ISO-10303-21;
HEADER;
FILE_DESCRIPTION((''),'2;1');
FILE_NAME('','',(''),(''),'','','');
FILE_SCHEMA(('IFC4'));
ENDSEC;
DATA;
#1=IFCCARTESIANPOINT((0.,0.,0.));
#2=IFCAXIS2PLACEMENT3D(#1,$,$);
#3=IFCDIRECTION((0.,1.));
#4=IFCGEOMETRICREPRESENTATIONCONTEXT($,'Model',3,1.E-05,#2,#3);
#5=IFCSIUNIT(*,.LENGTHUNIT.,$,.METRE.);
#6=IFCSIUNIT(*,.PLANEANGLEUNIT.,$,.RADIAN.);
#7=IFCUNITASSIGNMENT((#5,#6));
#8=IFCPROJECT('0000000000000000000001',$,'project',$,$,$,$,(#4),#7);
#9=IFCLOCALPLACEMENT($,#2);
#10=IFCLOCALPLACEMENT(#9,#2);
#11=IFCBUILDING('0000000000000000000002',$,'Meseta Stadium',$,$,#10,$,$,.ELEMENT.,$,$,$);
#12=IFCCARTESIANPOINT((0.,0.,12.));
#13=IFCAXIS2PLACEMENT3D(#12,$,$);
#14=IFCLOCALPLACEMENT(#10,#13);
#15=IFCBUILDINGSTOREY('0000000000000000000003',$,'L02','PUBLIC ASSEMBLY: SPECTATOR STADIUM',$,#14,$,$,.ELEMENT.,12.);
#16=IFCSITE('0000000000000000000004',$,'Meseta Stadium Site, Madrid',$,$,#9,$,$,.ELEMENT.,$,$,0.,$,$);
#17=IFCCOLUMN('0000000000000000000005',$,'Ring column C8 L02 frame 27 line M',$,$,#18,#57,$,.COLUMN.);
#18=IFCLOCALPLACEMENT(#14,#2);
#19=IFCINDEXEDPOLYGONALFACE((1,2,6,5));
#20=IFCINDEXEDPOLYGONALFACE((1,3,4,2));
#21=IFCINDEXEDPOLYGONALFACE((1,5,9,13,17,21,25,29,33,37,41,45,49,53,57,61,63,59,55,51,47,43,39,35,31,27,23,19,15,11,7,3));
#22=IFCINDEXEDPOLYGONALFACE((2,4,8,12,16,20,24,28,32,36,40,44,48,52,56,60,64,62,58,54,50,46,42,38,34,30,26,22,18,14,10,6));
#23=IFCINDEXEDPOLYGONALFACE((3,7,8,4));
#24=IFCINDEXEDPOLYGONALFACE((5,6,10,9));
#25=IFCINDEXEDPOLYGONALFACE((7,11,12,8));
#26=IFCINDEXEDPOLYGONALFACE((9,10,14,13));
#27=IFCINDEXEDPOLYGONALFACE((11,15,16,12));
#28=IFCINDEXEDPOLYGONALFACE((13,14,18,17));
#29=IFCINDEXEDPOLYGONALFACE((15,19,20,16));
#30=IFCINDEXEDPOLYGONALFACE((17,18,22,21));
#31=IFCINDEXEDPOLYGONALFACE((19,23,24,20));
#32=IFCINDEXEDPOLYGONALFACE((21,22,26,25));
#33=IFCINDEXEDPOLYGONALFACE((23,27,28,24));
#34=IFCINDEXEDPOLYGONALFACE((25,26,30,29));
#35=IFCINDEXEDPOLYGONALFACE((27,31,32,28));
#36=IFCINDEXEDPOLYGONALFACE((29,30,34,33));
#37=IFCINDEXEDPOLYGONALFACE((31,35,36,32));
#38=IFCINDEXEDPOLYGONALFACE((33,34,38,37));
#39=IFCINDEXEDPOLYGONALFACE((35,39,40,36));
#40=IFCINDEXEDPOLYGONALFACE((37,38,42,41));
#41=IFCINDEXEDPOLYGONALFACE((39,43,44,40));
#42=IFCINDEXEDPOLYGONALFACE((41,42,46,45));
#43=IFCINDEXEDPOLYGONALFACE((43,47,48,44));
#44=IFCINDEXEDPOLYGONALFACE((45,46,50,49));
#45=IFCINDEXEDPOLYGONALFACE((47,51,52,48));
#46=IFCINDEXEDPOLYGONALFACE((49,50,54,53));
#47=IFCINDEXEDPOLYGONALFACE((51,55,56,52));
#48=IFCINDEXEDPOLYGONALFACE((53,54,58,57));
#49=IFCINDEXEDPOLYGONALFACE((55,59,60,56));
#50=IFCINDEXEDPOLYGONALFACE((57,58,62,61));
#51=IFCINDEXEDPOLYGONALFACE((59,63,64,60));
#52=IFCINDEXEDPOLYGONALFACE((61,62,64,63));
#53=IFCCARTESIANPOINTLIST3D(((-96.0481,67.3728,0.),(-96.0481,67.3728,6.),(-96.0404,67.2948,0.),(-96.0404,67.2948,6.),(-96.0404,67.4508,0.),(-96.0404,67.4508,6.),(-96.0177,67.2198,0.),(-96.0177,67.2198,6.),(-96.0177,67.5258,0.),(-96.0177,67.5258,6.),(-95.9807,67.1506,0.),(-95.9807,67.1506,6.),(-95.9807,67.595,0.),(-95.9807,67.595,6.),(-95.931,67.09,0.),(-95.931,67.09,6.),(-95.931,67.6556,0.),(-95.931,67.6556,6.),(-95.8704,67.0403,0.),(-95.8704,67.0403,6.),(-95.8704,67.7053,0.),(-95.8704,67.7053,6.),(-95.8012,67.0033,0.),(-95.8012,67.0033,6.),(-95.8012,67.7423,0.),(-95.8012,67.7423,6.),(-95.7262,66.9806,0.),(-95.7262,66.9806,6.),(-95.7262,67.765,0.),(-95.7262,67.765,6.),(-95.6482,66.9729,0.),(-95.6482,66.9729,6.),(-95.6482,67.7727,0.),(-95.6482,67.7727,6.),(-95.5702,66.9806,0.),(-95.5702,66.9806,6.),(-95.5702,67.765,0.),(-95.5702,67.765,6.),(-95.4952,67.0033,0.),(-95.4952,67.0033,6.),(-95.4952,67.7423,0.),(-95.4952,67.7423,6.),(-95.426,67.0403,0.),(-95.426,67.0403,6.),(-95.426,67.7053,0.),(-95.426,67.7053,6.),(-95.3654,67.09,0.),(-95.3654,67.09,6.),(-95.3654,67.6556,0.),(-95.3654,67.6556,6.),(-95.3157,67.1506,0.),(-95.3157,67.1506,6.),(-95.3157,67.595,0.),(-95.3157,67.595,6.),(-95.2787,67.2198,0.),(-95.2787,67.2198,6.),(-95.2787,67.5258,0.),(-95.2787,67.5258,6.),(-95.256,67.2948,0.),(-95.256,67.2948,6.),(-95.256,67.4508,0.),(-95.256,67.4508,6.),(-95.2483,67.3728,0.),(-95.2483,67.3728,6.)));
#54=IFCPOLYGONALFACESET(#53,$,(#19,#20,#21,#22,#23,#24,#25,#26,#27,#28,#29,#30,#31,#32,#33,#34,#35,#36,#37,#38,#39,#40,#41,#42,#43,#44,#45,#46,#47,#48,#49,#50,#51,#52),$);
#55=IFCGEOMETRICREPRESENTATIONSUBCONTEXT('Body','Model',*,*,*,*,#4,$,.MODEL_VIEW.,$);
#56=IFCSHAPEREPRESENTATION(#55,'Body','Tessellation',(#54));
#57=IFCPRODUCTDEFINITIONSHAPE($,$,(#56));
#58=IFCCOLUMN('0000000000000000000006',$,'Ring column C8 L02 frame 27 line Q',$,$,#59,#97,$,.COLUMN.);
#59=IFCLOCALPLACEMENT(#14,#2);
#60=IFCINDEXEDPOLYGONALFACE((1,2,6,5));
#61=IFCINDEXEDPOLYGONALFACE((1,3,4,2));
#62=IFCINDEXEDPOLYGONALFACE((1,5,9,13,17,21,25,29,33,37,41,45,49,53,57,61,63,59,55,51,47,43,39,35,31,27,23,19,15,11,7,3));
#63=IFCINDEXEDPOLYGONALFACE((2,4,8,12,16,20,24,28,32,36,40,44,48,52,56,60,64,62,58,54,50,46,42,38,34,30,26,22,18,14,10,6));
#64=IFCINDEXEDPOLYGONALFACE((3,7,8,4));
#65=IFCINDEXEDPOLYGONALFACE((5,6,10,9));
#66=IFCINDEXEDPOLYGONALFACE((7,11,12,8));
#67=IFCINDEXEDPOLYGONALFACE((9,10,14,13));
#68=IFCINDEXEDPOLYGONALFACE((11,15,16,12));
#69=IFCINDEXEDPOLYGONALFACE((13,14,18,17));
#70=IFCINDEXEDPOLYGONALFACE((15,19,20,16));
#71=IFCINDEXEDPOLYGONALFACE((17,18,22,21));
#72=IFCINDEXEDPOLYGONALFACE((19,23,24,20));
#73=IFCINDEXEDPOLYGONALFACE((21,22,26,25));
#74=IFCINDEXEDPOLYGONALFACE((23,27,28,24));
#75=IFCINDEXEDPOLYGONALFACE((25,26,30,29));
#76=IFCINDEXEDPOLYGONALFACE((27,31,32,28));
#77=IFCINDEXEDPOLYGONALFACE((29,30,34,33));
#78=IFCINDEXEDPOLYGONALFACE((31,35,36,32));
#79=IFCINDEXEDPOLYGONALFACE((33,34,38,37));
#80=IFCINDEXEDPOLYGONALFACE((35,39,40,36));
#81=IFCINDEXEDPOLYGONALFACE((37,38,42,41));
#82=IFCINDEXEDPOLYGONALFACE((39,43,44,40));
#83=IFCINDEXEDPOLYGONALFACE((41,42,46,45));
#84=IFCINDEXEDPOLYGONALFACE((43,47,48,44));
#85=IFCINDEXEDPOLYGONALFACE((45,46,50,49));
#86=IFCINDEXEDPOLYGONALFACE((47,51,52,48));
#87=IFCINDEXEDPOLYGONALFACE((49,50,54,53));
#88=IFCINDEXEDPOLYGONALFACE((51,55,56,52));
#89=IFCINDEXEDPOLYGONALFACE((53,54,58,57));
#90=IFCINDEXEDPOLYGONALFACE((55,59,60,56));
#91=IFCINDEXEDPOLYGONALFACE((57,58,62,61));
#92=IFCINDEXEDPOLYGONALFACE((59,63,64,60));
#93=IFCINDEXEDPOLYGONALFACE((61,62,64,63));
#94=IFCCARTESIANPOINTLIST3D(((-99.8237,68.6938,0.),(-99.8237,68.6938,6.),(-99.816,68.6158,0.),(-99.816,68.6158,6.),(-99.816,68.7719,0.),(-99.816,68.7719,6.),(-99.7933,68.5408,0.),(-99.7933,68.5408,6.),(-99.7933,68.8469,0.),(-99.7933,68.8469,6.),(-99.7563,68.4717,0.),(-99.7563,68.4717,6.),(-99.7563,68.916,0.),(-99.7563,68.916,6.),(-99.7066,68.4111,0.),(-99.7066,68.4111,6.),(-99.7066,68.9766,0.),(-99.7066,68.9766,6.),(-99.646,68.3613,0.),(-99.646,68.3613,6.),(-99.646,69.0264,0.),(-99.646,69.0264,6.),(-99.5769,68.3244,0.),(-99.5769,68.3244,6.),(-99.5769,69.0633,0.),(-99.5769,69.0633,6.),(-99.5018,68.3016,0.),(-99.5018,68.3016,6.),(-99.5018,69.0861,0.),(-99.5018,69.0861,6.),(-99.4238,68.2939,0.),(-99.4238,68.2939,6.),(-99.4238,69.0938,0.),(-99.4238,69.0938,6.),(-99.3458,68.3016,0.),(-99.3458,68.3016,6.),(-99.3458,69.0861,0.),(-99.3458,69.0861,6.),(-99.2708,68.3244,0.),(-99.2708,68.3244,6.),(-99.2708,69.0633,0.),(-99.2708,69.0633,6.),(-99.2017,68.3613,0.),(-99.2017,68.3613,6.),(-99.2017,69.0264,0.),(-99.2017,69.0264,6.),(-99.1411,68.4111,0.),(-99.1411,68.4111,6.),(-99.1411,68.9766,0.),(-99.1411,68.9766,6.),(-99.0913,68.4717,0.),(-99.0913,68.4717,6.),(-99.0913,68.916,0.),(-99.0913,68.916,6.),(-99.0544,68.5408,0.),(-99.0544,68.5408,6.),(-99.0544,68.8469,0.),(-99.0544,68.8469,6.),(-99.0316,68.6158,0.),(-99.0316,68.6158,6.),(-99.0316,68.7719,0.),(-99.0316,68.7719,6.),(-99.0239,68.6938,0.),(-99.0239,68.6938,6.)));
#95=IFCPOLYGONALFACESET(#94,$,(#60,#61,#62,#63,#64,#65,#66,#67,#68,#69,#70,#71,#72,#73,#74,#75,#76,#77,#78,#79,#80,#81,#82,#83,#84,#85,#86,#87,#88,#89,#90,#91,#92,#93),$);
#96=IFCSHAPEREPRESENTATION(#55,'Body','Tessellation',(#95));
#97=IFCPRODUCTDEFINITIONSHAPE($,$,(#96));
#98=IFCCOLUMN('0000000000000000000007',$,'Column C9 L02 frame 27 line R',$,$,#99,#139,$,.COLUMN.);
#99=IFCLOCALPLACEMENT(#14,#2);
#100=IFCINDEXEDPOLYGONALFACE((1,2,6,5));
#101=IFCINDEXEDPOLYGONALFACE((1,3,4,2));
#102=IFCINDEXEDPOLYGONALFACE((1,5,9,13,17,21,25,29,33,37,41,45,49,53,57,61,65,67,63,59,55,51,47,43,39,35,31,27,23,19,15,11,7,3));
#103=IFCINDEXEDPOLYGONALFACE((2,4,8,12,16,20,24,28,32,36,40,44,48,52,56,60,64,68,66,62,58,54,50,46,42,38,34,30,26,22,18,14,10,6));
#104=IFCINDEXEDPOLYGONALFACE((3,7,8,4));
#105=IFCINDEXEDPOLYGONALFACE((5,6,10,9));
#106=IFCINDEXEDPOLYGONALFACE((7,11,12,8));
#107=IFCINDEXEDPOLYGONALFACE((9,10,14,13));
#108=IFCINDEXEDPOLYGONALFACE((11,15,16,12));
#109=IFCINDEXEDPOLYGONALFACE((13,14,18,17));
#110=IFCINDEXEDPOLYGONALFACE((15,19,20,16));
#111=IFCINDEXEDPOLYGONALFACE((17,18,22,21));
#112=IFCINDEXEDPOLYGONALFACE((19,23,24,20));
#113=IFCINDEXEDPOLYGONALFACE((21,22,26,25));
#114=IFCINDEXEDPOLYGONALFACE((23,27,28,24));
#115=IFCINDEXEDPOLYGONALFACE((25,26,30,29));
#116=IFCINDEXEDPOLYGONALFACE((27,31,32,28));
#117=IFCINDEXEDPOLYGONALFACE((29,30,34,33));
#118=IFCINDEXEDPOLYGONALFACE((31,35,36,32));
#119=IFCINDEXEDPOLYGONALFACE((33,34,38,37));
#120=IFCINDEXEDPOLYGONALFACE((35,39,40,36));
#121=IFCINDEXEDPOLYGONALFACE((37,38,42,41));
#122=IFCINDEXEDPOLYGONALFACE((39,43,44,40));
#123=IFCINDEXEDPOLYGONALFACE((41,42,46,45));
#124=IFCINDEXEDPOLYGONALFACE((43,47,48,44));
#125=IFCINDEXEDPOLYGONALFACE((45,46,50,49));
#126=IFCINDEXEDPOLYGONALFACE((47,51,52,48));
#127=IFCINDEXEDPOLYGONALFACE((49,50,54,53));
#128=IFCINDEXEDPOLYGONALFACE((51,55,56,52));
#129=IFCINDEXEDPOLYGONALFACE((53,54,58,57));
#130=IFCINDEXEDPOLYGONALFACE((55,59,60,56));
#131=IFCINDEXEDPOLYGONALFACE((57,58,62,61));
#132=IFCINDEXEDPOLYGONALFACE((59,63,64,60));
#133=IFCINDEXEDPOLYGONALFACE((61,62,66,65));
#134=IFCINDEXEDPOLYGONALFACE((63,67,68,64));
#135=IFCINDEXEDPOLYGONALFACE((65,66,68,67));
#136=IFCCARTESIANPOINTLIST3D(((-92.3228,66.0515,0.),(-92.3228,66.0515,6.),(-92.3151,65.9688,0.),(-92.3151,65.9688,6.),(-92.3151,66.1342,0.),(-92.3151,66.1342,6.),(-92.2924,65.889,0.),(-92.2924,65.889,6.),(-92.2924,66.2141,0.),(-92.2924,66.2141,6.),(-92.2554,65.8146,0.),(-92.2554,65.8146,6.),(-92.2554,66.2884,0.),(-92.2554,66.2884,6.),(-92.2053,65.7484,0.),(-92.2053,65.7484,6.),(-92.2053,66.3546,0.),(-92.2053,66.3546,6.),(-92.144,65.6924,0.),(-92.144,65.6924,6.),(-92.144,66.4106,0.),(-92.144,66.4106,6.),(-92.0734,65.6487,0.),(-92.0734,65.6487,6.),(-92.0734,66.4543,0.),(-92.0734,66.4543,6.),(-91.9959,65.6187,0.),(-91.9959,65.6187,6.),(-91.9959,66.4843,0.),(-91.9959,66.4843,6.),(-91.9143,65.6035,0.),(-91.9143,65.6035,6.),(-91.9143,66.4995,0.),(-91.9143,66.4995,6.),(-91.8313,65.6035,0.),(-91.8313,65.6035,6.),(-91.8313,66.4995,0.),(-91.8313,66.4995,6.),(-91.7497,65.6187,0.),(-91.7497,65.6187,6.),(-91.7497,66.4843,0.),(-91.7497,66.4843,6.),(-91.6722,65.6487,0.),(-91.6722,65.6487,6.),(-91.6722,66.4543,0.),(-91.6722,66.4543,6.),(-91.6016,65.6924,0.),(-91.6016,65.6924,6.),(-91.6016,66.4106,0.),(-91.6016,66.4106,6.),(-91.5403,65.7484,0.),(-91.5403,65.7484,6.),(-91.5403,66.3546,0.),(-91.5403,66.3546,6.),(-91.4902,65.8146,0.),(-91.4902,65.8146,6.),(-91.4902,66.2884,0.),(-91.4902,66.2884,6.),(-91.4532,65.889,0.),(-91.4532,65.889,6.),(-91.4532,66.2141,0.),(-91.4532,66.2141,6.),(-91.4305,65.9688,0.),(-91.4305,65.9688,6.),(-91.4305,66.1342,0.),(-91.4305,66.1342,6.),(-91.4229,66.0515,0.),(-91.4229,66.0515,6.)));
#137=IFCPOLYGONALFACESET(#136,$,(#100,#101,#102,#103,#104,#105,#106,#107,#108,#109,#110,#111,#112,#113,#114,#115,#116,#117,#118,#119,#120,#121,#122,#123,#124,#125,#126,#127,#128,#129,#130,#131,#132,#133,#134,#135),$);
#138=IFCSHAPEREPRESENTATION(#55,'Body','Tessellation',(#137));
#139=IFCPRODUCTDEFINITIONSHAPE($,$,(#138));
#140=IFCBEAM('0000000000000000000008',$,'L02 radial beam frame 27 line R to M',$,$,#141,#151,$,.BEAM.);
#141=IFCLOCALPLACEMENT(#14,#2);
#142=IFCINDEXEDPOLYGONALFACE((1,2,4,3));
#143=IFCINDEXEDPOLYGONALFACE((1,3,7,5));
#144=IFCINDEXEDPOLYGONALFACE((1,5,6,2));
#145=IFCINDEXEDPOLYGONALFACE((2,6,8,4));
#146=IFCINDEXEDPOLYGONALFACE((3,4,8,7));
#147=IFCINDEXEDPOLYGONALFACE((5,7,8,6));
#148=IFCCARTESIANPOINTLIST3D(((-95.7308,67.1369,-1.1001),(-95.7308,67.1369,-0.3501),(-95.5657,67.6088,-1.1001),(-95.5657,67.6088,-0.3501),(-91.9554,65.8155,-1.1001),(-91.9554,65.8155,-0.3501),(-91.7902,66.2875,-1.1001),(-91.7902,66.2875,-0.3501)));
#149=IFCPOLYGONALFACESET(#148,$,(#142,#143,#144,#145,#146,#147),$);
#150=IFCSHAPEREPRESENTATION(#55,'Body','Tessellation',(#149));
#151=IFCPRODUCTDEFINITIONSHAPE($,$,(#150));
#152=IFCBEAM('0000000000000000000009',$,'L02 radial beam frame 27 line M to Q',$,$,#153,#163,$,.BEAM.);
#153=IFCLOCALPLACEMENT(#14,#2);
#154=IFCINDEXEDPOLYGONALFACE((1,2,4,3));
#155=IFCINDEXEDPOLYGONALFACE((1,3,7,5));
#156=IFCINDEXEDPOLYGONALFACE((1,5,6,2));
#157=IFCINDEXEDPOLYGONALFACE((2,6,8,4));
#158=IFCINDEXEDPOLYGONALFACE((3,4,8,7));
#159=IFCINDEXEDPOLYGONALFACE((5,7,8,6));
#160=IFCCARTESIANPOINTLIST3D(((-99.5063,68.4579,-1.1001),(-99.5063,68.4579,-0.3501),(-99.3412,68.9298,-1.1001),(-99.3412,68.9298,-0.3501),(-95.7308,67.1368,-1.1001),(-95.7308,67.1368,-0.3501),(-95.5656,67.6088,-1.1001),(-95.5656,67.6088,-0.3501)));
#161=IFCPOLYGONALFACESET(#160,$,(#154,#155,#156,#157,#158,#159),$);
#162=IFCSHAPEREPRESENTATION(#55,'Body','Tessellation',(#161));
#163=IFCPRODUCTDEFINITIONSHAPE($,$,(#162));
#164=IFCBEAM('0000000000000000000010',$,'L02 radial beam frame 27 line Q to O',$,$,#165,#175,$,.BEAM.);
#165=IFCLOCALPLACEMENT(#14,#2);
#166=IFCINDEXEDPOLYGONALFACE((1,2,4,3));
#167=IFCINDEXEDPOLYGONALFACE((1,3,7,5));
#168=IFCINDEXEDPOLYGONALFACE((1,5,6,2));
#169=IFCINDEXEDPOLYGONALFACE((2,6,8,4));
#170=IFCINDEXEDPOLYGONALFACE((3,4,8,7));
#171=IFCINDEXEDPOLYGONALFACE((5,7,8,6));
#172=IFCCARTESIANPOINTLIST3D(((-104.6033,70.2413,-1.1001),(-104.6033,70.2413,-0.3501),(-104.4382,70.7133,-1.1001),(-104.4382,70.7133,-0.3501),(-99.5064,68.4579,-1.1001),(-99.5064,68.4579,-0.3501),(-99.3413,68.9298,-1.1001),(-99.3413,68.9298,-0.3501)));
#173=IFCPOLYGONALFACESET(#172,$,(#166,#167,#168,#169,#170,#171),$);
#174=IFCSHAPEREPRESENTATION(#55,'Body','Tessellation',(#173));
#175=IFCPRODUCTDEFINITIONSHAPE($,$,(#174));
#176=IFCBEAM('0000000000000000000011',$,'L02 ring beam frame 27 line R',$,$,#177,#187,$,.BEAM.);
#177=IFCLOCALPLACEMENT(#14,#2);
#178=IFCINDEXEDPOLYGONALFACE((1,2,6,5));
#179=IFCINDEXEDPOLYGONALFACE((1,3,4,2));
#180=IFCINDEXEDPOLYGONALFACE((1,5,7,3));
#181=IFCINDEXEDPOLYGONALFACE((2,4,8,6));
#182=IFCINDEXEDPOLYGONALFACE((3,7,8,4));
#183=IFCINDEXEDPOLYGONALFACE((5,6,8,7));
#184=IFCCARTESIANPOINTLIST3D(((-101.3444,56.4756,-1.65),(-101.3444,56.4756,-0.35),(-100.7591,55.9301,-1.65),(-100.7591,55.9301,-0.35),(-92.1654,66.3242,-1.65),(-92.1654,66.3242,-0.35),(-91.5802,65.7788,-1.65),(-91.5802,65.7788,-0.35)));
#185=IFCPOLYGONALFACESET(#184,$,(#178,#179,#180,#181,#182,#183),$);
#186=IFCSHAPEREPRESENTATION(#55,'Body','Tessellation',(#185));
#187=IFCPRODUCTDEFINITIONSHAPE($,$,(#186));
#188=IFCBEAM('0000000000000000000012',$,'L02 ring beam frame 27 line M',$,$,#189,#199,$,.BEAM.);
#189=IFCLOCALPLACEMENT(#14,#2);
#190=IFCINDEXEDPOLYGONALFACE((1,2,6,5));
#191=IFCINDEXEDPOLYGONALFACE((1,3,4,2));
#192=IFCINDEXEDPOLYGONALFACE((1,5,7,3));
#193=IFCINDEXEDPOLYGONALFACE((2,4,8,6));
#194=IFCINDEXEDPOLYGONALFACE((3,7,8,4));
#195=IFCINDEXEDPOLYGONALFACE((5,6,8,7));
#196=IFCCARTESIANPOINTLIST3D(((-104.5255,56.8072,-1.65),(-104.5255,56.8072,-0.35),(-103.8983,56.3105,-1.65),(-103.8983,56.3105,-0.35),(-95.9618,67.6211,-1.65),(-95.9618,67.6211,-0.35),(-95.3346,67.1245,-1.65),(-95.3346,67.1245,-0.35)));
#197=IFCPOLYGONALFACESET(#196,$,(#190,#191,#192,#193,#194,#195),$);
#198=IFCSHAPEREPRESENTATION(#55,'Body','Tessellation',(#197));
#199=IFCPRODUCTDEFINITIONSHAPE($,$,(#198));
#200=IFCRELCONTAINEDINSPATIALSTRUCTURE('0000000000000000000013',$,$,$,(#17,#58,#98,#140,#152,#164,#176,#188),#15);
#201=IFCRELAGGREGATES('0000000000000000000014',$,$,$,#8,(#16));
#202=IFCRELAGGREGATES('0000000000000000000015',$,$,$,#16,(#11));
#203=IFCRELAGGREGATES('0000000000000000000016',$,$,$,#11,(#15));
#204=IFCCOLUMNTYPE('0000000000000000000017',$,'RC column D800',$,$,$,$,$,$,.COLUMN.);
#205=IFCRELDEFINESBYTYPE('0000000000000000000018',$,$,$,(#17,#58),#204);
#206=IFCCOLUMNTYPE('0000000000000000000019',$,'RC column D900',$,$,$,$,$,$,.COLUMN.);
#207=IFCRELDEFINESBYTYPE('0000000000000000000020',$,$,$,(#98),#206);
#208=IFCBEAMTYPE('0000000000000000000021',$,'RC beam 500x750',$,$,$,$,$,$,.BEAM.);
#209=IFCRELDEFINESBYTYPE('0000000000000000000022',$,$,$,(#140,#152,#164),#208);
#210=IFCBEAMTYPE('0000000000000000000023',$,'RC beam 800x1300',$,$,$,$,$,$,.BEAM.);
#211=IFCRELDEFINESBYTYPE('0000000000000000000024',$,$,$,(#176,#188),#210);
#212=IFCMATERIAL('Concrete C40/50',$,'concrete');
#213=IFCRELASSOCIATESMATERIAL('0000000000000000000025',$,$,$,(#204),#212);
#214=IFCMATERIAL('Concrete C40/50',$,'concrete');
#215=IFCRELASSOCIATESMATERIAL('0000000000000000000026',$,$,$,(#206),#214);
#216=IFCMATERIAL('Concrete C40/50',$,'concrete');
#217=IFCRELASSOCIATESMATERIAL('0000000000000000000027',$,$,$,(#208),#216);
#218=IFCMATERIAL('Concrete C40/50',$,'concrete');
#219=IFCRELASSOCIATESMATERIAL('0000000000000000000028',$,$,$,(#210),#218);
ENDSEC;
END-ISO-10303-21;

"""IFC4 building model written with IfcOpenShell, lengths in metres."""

from ifc_helpers import new_model, si_unit, direction, frame, origin, origin_2d, place, context, subcontext, project, spatial, rectangle, circle, extrude, material, material_profile, profile_set, type_object, element, save


model = new_model("IFC4")

# Units and contexts
model_context = context("Model", 3, precision=1e-05, world=origin(), true_north=direction((0.0, 1.0)))
body_context = subcontext(model_context, "Body", "Model", "MODEL_VIEW")
ifc_project = project(units=[si_unit("LENGTHUNIT", "METRE"), si_unit("PLANEANGLEUNIT", "RADIAN")], contexts=[model_context])

# Site, building, storey
site_placement = place(None, origin())
site = spatial("IfcSite", under=ifc_project, at=site_placement, Name="Meseta Stadium Site, Madrid", CompositionType="ELEMENT", RefElevation=0.0)
building_placement = place(site_placement, origin())
building = spatial("IfcBuilding", under=site, at=building_placement, Name="Meseta Stadium", CompositionType="ELEMENT")
storey_placement = place(building_placement, frame((0.0, 0.0, 12.0)))
storey = spatial("IfcBuildingStorey", under=building, at=storey_placement, Name="L02", Description="PUBLIC ASSEMBLY: SPECTATOR STADIUM", CompositionType="ELEMENT", Elevation=12.0)

# Columns
ifc_material_1 = material(Name="Concrete C40/50", Category="concrete")
ifc_material_profile_1 = material_profile(ifc_material_1, circle(Radius=0.3999, at=origin_2d()), Name="RC D800")
ifc_profile_set_1 = profile_set([ifc_material_profile_1], Name="Concrete C40/50")
column_type_1 = type_object("IfcColumnType", Name="RC column D800", PredefinedType="COLUMN", material=ifc_profile_set_1)
for number, where, z_axis, x_axis, name in (
    (1, (-95.6482, 67.3728, 0.0), (0.0, 0.0, 1.0), (1.0, 0.0, 0.0), "Ring column C8 L02 frame 27 line M"),
    (2, (-99.4238, 68.6938, 0.0), (0.0, 0.0, 1.0), (1.0, 0.0, 0.0), "Ring column C8 L02 frame 27 line Q"),
):
    element("IfcColumn", number, at=place(storey_placement, frame(where, z_axis=z_axis, x_axis=x_axis)), inside=storey, type_object=column_type_1, Name=name, PredefinedType="COLUMN", context=body_context, shape_type="SweptSolid", body=[
        extrude(circle(Radius=0.3999, at=origin_2d()), origin(), (0.0, 0.0, 1.0), 6.0),
    ])
ifc_material_2 = material(Name="Concrete C40/50", Category="concrete")
ifc_material_profile_2 = material_profile(ifc_material_2, circle(Radius=0.45, at=origin_2d()), Name="RC D900")
ifc_profile_set_2 = profile_set([ifc_material_profile_2], Name="Concrete C40/50")
column_type_2 = type_object("IfcColumnType", Name="RC column D900", PredefinedType="COLUMN", material=ifc_profile_set_2)
column_placement = place(storey_placement, frame((-91.8728, 66.0515, 0.0), z_axis=(0.0, 0.0, 1.0), x_axis=(1.0, 0.0, 0.0)))
element("IfcColumn", 3, at=column_placement, inside=storey, type_object=column_type_2, Name="Column C9 L02 frame 27 line R", PredefinedType="COLUMN", context=body_context, shape_type="SweptSolid", body=[
    extrude(circle(Radius=0.45, at=origin_2d()), origin(), (0.0, 0.0, 1.0), 6.0),
])

# Beams
ifc_material_3 = material(Name="Concrete C40/50", Category="concrete")
ifc_material_profile_3 = material_profile(ifc_material_3, rectangle(XDim=0.5, YDim=0.75, at=origin_2d()), Name="RC 500x750")
ifc_profile_set_3 = profile_set([ifc_material_profile_3], Name="Concrete C40/50")
beam_type_1 = type_object("IfcBeamType", Name="RC beam 500x750", PredefinedType="BEAM", material=ifc_profile_set_3)
for number, where, z_axis, x_axis, name in (
    (4, (-91.8728, 66.0515, -0.7251), (-0.943866, 0.330329, 0.0), (-0.330329, -0.943866, 0.0), "L02 radial beam frame 27 line R to M"),
    (5, (-95.6482, 67.3728, -0.7251), (-0.943892, 0.330255, 0.0), (-0.330255, -0.943892, 0.0), "L02 radial beam frame 27 line M to Q"),
):
    element("IfcBeam", number, at=place(storey_placement, frame(where, z_axis=z_axis, x_axis=x_axis)), inside=storey, type_object=beam_type_1, Name=name, PredefinedType="BEAM", context=body_context, shape_type="SweptSolid", body=[
        extrude(rectangle(XDim=0.5, YDim=0.75, at=origin_2d()), origin(), (0.0, 0.0, 1.0), 4.0),
    ])
beam_1_placement = place(storey_placement, frame((-99.4238, 68.6938, -0.7251), z_axis=(-0.943886, 0.330272, 0.0), x_axis=(-0.330272, -0.943886, 0.0)))
element("IfcBeam", 6, at=beam_1_placement, inside=storey, type_object=beam_type_1, Name="L02 radial beam frame 27 line Q to O", PredefinedType="BEAM", context=body_context, shape_type="SweptSolid", body=[
    extrude(rectangle(XDim=0.5, YDim=0.75, at=origin_2d()), origin(), (0.0, 0.0, 1.0), 5.3999),
])
ifc_material_4 = material(Name="Concrete C40/50", Category="concrete")
ifc_material_profile_4 = material_profile(ifc_material_4, rectangle(XDim=0.8, YDim=1.3, at=origin_2d()), Name="RC 800x1300")
ifc_profile_set_4 = profile_set([ifc_material_profile_4], Name="Concrete C40/50")
beam_type_2 = type_object("IfcBeamType", Name="RC beam 800x1300", PredefinedType="BEAM", material=ifc_profile_set_4)
beam_2_placement = place(storey_placement, frame((-91.8728, 66.0515, -1.0), z_axis=(-0.681798, -0.731541, 0.0), x_axis=(0.731541, -0.681798, 0.0)))
element("IfcBeam", 7, at=beam_2_placement, inside=storey, type_object=beam_type_2, Name="L02 ring beam frame 27 line R", PredefinedType="BEAM", context=body_context, shape_type="SweptSolid", body=[
    extrude(rectangle(XDim=0.8, YDim=1.3, at=origin_2d()), origin(), (0.0, 0.0, 1.0), 13.4629),
])
beam_3_placement = place(storey_placement, frame((-95.6482, 67.3728, -1.0), z_axis=(-0.620822, -0.783952, 0.0), x_axis=(0.783952, -0.620822, 0.0)))
element("IfcBeam", 8, at=beam_3_placement, inside=storey, type_object=beam_type_2, Name="L02 ring beam frame 27 line M", PredefinedType="BEAM", context=body_context, shape_type="SweptSolid", body=[
    extrude(rectangle(XDim=0.8, YDim=1.3, at=origin_2d()), origin(), (0.0, 0.0, 1.0), 13.7942),
])

save(model, "model.ifc")
